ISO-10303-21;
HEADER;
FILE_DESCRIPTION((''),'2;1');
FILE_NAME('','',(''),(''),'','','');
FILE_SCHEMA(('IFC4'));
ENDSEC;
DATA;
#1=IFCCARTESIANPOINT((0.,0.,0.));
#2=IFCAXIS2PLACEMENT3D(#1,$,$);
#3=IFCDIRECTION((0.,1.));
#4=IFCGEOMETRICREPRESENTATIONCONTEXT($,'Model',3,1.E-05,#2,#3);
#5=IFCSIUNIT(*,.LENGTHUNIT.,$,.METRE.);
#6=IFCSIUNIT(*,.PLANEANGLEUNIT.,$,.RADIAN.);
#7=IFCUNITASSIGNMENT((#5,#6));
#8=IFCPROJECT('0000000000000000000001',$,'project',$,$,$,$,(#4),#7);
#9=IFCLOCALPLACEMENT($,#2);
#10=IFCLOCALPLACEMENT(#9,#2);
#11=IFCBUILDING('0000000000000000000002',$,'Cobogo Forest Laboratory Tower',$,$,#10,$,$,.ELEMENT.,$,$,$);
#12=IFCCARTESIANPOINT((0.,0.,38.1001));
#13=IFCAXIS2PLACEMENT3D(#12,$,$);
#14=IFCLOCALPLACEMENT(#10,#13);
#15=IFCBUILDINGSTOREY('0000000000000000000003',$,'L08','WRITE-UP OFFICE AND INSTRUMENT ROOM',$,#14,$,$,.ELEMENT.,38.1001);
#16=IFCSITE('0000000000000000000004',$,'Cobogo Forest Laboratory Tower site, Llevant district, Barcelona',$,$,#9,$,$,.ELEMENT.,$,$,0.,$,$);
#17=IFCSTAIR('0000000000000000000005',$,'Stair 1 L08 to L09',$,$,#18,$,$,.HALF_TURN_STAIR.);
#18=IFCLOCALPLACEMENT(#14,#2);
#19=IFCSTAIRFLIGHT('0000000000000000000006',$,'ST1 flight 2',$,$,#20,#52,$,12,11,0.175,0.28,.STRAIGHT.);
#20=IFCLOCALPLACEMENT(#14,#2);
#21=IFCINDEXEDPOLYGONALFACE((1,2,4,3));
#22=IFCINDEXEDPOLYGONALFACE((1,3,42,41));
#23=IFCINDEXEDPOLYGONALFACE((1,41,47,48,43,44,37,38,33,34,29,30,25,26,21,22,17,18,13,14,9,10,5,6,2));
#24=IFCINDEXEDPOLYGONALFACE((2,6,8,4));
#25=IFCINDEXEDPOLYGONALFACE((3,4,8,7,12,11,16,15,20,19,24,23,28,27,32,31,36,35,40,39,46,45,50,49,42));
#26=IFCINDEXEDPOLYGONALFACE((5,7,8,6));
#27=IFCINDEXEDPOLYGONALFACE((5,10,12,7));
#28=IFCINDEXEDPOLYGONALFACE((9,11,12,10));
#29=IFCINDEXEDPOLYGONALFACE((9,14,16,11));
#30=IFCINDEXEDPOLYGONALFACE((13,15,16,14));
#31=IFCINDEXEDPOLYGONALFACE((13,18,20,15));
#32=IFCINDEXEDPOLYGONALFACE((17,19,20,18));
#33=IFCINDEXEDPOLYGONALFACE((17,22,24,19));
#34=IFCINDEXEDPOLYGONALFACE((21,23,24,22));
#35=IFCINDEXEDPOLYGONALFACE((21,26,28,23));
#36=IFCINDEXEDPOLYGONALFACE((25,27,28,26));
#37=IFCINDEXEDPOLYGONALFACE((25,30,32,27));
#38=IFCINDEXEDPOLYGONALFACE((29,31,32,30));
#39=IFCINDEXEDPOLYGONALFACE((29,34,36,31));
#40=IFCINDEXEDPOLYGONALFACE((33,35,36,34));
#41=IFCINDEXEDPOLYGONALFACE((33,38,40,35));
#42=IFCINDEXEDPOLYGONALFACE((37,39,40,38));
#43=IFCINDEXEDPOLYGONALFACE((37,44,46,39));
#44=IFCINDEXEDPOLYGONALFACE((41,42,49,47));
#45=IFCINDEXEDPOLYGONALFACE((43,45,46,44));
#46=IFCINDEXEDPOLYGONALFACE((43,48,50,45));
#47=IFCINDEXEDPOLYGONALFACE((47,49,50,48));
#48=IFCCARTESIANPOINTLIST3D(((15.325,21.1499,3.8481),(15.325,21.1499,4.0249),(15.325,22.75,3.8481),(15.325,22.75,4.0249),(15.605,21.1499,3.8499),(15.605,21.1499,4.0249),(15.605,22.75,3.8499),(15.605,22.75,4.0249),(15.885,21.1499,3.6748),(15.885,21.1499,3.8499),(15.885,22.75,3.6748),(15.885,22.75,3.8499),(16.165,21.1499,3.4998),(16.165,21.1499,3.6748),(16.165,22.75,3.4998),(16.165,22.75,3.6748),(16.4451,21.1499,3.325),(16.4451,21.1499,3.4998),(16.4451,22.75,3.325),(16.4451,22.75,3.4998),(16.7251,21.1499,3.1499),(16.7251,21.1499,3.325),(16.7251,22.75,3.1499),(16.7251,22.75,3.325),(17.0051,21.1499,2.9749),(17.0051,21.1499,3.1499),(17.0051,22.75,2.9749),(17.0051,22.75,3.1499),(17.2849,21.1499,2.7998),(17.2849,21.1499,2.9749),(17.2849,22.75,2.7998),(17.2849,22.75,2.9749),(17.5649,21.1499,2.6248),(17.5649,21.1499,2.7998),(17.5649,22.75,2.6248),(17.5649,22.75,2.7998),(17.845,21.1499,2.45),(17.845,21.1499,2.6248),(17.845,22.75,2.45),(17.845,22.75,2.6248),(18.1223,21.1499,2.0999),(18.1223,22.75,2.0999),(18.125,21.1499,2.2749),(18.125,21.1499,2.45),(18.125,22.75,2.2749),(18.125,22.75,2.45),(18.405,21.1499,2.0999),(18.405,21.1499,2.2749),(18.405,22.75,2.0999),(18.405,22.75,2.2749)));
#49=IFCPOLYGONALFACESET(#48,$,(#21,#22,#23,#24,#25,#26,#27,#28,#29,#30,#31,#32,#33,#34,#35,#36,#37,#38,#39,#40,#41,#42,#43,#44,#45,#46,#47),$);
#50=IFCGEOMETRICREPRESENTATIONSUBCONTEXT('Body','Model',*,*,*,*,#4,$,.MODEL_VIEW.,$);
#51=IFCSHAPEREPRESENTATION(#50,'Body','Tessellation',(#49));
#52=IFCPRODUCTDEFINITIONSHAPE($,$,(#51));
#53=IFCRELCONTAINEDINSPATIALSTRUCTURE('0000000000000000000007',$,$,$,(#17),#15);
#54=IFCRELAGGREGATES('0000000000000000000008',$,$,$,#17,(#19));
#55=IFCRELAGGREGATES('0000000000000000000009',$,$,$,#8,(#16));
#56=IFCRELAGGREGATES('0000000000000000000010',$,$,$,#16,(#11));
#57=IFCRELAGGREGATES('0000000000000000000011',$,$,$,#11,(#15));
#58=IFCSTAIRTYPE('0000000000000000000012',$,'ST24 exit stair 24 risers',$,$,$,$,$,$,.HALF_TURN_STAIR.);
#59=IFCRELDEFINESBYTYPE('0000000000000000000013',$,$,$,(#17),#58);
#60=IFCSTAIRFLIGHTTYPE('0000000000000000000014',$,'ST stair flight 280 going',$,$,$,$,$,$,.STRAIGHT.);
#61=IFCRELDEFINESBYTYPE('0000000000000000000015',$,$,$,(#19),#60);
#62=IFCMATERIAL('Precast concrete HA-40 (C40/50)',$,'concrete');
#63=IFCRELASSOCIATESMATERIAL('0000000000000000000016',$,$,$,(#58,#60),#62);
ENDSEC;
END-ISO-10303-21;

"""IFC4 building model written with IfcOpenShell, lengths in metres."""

from ifc_helpers import new_model, si_unit, direction, frame, origin, place, context, subcontext, project, spatial, polyline, outline, extrude, material, type_object, element, aggregate, save


model = new_model("IFC4")

# Units and contexts
model_context = context("Model", 3, precision=1e-05, world=origin(), true_north=direction((0.0, 1.0)))
body_context = subcontext(model_context, "Body", "Model", "MODEL_VIEW")
ifc_project = project(units=[si_unit("LENGTHUNIT", "METRE"), si_unit("PLANEANGLEUNIT", "RADIAN")], contexts=[model_context])

# Site, building, storey
site_placement = place(None, origin())
site = spatial("IfcSite", under=ifc_project, at=site_placement, Name="Cobogo Forest Laboratory Tower site, Llevant district, Barcelona", CompositionType="ELEMENT", RefElevation=0.0)
building_placement = place(site_placement, origin())
building = spatial("IfcBuilding", under=site, at=building_placement, Name="Cobogo Forest Laboratory Tower", CompositionType="ELEMENT")
storey_placement = place(building_placement, frame((0.0, 0.0, 38.1001)))
storey = spatial("IfcBuildingStorey", under=building, at=storey_placement, Name="L08", Description="WRITE-UP OFFICE AND INSTRUMENT ROOM", CompositionType="ELEMENT", Elevation=38.1001)

# Stair, stair flight
ifc_material_1 = material(Name="Precast concrete HA-40 (C40/50)", Category="concrete")
stair_type = type_object("IfcStairType", Name="ST24 exit stair 24 risers", PredefinedType="HALF_TURN_STAIR", material=ifc_material_1)
stair_placement = place(storey_placement, origin())
stair = element("IfcStair", 1, at=stair_placement, inside=storey, type_object=stair_type, Name="Stair 1 L08 to L09", PredefinedType="HALF_TURN_STAIR")
stair_flight_type = type_object("IfcStairFlightType", Name="ST stair flight 280 going", PredefinedType="STRAIGHT", material=ifc_material_1)
stair_flight_placement = place(storey_placement, frame((18.405, 21.95, 2.0999), z_axis=(0.0, 0.0, 1.0), x_axis=(-1.0, 0.0, 0.0)))
stair_flight = element("IfcStairFlight", 2, at=stair_flight_placement, type_object=stair_flight_type, Name="ST1 flight 2", NumberOfRisers=12, NumberOfTreads=11, PredefinedType="STRAIGHT", RiserHeight=0.175, TreadLength=0.28, context=body_context, shape_type="SweptSolid", body=[
    extrude(outline(polyline([(0.0, 0.0), (0.0, 0.175), (0.28, 0.175), (0.28, 0.3501), (0.5601, 0.3501), (0.5601, 0.5249), (0.8401, 0.5249), (0.8401, 0.7), (1.1201, 0.7), (1.1201, 0.875), (1.3999, 0.875), (1.3999, 1.05), (1.6799, 1.05), (1.6799, 1.2251), (1.96, 1.2251), (1.96, 1.3999), (2.24, 1.3999), (2.24, 1.575), (2.52, 1.575), (2.52, 1.75), (2.8, 1.75), (2.8, 1.925), (3.0801, 1.925), (3.0801, 2.1001), (3.0801, 1.7483), (0.2827, 0.0), (0.0, 0.0)])), frame((0.0, 0.8, 0.0), z_axis=(0.0, -1.0, 0.0), x_axis=(1.0, 0.0, 0.0)), (0.0, 0.0, 1.0), 1.6001),
])
aggregate(stair, [stair_flight])

save(model, "model.ifc")
